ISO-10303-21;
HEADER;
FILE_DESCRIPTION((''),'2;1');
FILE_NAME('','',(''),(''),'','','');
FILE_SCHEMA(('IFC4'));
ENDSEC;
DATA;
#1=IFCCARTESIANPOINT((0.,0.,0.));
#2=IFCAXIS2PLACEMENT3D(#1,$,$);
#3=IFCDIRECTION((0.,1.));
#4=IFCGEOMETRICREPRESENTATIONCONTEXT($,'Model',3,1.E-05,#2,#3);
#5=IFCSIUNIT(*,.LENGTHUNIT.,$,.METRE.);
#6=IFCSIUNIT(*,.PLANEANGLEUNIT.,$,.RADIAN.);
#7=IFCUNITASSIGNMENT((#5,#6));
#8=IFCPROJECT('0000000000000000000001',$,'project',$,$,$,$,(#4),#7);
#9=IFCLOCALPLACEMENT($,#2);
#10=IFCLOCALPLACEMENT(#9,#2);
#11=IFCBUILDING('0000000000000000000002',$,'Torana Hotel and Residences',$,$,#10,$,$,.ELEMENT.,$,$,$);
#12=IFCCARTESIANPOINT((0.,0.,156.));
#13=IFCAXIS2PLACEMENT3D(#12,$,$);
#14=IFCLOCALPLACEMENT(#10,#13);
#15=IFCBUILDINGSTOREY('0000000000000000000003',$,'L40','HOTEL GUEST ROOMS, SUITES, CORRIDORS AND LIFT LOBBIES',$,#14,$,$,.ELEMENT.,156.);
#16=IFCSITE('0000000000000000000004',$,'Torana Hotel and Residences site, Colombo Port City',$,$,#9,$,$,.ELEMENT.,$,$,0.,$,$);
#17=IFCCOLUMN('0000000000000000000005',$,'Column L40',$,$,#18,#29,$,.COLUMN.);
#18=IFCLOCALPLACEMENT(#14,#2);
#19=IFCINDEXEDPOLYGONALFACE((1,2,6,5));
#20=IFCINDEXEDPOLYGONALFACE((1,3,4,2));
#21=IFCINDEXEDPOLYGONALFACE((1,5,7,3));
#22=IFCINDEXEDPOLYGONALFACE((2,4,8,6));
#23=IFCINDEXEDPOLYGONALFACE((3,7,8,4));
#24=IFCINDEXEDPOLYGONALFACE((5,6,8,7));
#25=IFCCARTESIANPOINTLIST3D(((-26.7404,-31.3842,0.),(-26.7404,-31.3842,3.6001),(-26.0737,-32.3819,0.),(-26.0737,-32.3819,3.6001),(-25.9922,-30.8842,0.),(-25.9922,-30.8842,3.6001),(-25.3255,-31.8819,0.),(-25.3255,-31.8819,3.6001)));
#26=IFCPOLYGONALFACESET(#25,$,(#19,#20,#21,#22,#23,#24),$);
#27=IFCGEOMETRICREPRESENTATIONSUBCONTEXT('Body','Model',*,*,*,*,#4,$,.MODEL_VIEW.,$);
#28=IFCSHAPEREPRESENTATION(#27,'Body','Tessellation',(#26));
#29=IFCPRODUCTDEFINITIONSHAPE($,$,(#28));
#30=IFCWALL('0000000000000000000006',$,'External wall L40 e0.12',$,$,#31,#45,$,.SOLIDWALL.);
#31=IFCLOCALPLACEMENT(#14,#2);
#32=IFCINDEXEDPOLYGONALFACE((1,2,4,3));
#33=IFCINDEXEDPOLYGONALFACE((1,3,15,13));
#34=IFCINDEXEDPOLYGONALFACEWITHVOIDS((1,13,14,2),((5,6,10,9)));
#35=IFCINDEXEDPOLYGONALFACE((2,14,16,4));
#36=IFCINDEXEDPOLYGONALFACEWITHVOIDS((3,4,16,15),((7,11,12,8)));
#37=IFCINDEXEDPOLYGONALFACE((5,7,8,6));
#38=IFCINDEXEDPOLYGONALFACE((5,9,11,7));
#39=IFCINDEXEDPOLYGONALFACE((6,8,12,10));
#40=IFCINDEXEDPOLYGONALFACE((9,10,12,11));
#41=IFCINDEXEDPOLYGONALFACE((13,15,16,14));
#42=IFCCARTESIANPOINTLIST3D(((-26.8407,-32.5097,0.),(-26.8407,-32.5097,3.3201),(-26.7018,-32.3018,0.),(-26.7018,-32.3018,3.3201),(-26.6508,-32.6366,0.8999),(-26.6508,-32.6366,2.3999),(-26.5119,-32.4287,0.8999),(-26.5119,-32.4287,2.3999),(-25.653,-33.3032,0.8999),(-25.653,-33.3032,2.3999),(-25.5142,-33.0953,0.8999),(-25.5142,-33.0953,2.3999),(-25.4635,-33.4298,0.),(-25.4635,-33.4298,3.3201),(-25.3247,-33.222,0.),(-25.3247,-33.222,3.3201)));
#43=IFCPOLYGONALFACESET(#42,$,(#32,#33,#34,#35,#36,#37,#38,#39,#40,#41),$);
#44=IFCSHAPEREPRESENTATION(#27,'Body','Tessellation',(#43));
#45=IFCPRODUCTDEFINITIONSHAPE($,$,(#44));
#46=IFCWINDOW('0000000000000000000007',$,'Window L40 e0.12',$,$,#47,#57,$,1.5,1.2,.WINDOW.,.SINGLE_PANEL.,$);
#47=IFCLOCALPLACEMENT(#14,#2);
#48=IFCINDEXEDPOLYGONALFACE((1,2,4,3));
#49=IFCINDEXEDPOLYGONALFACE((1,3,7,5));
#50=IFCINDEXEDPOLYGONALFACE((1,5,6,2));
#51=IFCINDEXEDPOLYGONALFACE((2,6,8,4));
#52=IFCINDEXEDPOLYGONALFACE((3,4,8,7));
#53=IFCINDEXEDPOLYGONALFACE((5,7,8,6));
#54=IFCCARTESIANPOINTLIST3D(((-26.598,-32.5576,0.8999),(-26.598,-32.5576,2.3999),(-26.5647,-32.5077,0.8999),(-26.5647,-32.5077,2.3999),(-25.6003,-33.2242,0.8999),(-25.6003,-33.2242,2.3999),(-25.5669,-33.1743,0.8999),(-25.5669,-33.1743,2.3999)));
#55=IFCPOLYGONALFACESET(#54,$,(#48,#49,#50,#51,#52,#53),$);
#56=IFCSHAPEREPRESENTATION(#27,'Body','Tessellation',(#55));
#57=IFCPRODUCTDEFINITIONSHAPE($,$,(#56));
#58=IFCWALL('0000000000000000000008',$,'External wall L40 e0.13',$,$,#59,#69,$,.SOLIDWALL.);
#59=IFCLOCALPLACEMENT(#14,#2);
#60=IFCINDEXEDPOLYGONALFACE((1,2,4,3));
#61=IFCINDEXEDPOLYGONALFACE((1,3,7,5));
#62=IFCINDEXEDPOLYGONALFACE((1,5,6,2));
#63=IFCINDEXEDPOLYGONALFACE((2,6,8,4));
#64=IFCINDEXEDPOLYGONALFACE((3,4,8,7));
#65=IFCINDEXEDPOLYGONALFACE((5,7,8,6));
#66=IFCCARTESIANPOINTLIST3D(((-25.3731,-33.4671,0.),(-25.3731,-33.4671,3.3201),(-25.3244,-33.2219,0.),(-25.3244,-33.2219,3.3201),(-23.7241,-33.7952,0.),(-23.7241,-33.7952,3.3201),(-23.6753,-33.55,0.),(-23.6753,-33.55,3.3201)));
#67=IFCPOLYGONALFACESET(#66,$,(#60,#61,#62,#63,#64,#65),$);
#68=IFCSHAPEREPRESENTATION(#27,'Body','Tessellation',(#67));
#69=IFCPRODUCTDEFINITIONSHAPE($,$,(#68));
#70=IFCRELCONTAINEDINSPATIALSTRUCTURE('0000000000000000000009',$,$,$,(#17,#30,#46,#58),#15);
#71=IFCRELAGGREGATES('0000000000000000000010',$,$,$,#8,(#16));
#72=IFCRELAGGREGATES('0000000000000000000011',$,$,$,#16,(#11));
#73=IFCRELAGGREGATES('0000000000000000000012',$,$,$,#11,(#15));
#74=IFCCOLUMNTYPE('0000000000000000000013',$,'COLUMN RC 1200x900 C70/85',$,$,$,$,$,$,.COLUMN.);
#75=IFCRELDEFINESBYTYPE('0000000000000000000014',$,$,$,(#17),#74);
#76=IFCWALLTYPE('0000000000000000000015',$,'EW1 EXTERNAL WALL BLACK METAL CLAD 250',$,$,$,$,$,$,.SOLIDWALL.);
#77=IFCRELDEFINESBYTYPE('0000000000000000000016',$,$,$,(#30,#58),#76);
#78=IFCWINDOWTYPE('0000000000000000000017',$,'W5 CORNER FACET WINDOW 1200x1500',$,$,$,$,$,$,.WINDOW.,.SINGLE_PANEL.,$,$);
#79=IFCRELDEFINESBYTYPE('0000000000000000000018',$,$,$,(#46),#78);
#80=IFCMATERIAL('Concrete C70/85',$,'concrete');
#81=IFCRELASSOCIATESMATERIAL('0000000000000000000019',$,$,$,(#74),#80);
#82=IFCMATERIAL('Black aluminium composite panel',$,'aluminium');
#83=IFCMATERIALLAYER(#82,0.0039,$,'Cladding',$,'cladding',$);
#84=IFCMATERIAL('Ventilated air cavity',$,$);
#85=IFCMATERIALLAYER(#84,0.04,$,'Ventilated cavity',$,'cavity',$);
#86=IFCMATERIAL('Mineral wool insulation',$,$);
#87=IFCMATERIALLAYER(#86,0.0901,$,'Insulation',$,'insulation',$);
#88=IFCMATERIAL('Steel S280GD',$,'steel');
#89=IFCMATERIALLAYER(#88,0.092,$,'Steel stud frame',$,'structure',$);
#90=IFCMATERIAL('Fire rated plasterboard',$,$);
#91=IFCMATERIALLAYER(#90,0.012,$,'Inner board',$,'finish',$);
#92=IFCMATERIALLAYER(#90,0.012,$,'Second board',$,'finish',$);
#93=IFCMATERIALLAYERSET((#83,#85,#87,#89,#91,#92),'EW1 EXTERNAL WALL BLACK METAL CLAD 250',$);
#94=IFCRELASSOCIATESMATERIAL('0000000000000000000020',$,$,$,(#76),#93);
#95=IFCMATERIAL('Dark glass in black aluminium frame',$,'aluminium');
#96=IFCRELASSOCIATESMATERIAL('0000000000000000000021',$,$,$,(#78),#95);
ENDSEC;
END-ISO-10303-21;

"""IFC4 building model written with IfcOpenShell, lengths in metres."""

from ifc_helpers import new_model, si_unit, direction, frame, frame_2d, origin, origin_2d, place, context, subcontext, project, spatial, rectangle, extrude, material, layer, layer_set, material_profile, profile_set, type_object, element, fill, save


model = new_model("IFC4")

# Units and contexts
model_context = context("Model", 3, precision=1e-05, world=origin(), true_north=direction((0.0, 1.0)))
body_context = subcontext(model_context, "Body", "Model", "MODEL_VIEW")
ifc_project = project(units=[si_unit("LENGTHUNIT", "METRE"), si_unit("PLANEANGLEUNIT", "RADIAN")], contexts=[model_context])

# Site, building, storey
site_placement = place(None, origin())
site = spatial("IfcSite", under=ifc_project, at=site_placement, Name="Torana Hotel and Residences site, Colombo Port City", CompositionType="ELEMENT", RefElevation=0.0)
building_placement = place(site_placement, origin())
building = spatial("IfcBuilding", under=site, at=building_placement, Name="Torana Hotel and Residences", CompositionType="ELEMENT")
storey_placement = place(building_placement, frame((0.0, 0.0, 156.0)))
storey = spatial("IfcBuildingStorey", under=building, at=storey_placement, Name="L40", Description="HOTEL GUEST ROOMS, SUITES, CORRIDORS AND LIFT LOBBIES", CompositionType="ELEMENT", Elevation=156.0)

# Column
ifc_material_1 = material(Name="Concrete C70/85", Category="concrete")
ifc_material_profile = material_profile(ifc_material_1, rectangle(XDim=1.2, YDim=0.8999, at=origin_2d()), Name="RC 1200x900")
ifc_profile_set = profile_set([ifc_material_profile], Name="Concrete C70/85")
column_type = type_object("IfcColumnType", Name="COLUMN RC 1200x900 C70/85", PredefinedType="COLUMN", material=ifc_profile_set)
column_placement = place(storey_placement, frame((-26.033, -31.6331, 0.0), z_axis=(0.0, 0.0, 1.0), x_axis=(-0.555585, 0.83146, 0.0)))
element("IfcColumn", 1, at=column_placement, inside=storey, type_object=column_type, Name="Column L40", PredefinedType="COLUMN", context=body_context, shape_type="SweptSolid", body=[
    extrude(rectangle(XDim=1.2, YDim=0.8999, at=origin_2d()), origin(), (0.0, 0.0, 1.0), 3.6001),
])

# Wall, opening, window
ifc_material_2 = material(Name="Black aluminium composite panel", Category="aluminium")
ifc_layer_1 = layer(ifc_material_2, 0.0039, Name="Cladding", Category="cladding")
ifc_material_3 = material(Name="Ventilated air cavity")
ifc_layer_2 = layer(ifc_material_3, 0.04, Name="Ventilated cavity", Category="cavity")
ifc_material_4 = material(Name="Mineral wool insulation")
ifc_layer_3 = layer(ifc_material_4, 0.0901, Name="Insulation", Category="insulation")
ifc_material_5 = material(Name="Steel S280GD", Category="steel")
ifc_layer_4 = layer(ifc_material_5, 0.092, Name="Steel stud frame", Category="structure")
ifc_material_6 = material(Name="Fire rated plasterboard")
ifc_layer_5 = layer(ifc_material_6, 0.012, Name="Inner board", Category="finish")
ifc_layer_6 = layer(ifc_material_6, 0.012, Name="Second board", Category="finish")
ifc_layer_set = layer_set([ifc_layer_1, ifc_layer_2, ifc_layer_3, ifc_layer_4, ifc_layer_5, ifc_layer_6], Name="EW1 EXTERNAL WALL BLACK METAL CLAD 250")
wall_type = type_object("IfcWallType", Name="EW1 EXTERNAL WALL BLACK METAL CLAD 250", PredefinedType="SOLIDWALL", material=ifc_layer_set)
wall_1_placement = place(storey_placement, frame((-26.7712, -32.4058, 0.0), z_axis=(0.0, 0.0, 1.0), x_axis=(0.831483, -0.55555, 0.0)))
wall_1 = element("IfcWall", 2, at=wall_1_placement, inside=storey, type_object=wall_type, Name="External wall L40 e0.12", PredefinedType="SOLIDWALL", context=body_context, shape_type="SweptSolid", body=[
    extrude(rectangle(XDim=1.6562, YDim=0.25, at=frame_2d((0.8281, 0.0))), origin(), (0.0, 0.0, 1.0), 3.3201),
])
opening_placement = place(wall_1_placement, frame((0.2283, 0.0, 0.8999)))
opening = element("IfcOpeningElement", 3, at=opening_placement, cuts=wall_1, PredefinedType="OPENING", context=body_context, shape_type="SweptSolid", body=[
    extrude(rectangle(XDim=1.2, YDim=1.5, at=frame_2d((0.6001, 0.75))), frame((0.0, 0.135, 0.0), z_axis=(0.0, -1.0, 0.0), x_axis=(1.0, 0.0, 0.0)), (0.0, 0.0, 1.0), 0.27),
])
ifc_material_7 = material(Name="Dark glass in black aluminium frame", Category="aluminium")
window_type = type_object("IfcWindowType", Name="W5 CORNER FACET WINDOW 1200x1500", PartitioningType="SINGLE_PANEL", PredefinedType="WINDOW", material=ifc_material_7)
window_placement = place(opening_placement, origin())
window = element("IfcWindow", 4, at=window_placement, inside=storey, type_object=window_type, Name="Window L40 e0.12", OverallHeight=1.5, OverallWidth=1.2, PartitioningType="SINGLE_PANEL", PredefinedType="WINDOW", context=body_context, shape_type="SweptSolid", body=[
    extrude(rectangle(XDim=1.2, YDim=1.5, at=frame_2d((0.6001, 0.75))), frame((0.0, 0.03, 0.0), z_axis=(0.0, -1.0, 0.0), x_axis=(1.0, 0.0, 0.0)), (0.0, 0.0, 1.0), 0.0601),
])
fill(opening, window)

# Wall
wall_2_placement = place(storey_placement, frame((-25.3489, -33.3445, 0.0), z_axis=(0.0, 0.0, 1.0), x_axis=(0.980776, -0.195139, 0.0)))
element("IfcWall", 5, at=wall_2_placement, inside=storey, type_object=wall_type, Name="External wall L40 e0.13", PredefinedType="SOLIDWALL", context=body_context, shape_type="SweptSolid", body=[
    extrude(rectangle(XDim=1.6814, YDim=0.25, at=frame_2d((0.8408, 0.0))), origin(), (0.0, 0.0, 1.0), 3.3201),
])

save(model, "model.ifc")
